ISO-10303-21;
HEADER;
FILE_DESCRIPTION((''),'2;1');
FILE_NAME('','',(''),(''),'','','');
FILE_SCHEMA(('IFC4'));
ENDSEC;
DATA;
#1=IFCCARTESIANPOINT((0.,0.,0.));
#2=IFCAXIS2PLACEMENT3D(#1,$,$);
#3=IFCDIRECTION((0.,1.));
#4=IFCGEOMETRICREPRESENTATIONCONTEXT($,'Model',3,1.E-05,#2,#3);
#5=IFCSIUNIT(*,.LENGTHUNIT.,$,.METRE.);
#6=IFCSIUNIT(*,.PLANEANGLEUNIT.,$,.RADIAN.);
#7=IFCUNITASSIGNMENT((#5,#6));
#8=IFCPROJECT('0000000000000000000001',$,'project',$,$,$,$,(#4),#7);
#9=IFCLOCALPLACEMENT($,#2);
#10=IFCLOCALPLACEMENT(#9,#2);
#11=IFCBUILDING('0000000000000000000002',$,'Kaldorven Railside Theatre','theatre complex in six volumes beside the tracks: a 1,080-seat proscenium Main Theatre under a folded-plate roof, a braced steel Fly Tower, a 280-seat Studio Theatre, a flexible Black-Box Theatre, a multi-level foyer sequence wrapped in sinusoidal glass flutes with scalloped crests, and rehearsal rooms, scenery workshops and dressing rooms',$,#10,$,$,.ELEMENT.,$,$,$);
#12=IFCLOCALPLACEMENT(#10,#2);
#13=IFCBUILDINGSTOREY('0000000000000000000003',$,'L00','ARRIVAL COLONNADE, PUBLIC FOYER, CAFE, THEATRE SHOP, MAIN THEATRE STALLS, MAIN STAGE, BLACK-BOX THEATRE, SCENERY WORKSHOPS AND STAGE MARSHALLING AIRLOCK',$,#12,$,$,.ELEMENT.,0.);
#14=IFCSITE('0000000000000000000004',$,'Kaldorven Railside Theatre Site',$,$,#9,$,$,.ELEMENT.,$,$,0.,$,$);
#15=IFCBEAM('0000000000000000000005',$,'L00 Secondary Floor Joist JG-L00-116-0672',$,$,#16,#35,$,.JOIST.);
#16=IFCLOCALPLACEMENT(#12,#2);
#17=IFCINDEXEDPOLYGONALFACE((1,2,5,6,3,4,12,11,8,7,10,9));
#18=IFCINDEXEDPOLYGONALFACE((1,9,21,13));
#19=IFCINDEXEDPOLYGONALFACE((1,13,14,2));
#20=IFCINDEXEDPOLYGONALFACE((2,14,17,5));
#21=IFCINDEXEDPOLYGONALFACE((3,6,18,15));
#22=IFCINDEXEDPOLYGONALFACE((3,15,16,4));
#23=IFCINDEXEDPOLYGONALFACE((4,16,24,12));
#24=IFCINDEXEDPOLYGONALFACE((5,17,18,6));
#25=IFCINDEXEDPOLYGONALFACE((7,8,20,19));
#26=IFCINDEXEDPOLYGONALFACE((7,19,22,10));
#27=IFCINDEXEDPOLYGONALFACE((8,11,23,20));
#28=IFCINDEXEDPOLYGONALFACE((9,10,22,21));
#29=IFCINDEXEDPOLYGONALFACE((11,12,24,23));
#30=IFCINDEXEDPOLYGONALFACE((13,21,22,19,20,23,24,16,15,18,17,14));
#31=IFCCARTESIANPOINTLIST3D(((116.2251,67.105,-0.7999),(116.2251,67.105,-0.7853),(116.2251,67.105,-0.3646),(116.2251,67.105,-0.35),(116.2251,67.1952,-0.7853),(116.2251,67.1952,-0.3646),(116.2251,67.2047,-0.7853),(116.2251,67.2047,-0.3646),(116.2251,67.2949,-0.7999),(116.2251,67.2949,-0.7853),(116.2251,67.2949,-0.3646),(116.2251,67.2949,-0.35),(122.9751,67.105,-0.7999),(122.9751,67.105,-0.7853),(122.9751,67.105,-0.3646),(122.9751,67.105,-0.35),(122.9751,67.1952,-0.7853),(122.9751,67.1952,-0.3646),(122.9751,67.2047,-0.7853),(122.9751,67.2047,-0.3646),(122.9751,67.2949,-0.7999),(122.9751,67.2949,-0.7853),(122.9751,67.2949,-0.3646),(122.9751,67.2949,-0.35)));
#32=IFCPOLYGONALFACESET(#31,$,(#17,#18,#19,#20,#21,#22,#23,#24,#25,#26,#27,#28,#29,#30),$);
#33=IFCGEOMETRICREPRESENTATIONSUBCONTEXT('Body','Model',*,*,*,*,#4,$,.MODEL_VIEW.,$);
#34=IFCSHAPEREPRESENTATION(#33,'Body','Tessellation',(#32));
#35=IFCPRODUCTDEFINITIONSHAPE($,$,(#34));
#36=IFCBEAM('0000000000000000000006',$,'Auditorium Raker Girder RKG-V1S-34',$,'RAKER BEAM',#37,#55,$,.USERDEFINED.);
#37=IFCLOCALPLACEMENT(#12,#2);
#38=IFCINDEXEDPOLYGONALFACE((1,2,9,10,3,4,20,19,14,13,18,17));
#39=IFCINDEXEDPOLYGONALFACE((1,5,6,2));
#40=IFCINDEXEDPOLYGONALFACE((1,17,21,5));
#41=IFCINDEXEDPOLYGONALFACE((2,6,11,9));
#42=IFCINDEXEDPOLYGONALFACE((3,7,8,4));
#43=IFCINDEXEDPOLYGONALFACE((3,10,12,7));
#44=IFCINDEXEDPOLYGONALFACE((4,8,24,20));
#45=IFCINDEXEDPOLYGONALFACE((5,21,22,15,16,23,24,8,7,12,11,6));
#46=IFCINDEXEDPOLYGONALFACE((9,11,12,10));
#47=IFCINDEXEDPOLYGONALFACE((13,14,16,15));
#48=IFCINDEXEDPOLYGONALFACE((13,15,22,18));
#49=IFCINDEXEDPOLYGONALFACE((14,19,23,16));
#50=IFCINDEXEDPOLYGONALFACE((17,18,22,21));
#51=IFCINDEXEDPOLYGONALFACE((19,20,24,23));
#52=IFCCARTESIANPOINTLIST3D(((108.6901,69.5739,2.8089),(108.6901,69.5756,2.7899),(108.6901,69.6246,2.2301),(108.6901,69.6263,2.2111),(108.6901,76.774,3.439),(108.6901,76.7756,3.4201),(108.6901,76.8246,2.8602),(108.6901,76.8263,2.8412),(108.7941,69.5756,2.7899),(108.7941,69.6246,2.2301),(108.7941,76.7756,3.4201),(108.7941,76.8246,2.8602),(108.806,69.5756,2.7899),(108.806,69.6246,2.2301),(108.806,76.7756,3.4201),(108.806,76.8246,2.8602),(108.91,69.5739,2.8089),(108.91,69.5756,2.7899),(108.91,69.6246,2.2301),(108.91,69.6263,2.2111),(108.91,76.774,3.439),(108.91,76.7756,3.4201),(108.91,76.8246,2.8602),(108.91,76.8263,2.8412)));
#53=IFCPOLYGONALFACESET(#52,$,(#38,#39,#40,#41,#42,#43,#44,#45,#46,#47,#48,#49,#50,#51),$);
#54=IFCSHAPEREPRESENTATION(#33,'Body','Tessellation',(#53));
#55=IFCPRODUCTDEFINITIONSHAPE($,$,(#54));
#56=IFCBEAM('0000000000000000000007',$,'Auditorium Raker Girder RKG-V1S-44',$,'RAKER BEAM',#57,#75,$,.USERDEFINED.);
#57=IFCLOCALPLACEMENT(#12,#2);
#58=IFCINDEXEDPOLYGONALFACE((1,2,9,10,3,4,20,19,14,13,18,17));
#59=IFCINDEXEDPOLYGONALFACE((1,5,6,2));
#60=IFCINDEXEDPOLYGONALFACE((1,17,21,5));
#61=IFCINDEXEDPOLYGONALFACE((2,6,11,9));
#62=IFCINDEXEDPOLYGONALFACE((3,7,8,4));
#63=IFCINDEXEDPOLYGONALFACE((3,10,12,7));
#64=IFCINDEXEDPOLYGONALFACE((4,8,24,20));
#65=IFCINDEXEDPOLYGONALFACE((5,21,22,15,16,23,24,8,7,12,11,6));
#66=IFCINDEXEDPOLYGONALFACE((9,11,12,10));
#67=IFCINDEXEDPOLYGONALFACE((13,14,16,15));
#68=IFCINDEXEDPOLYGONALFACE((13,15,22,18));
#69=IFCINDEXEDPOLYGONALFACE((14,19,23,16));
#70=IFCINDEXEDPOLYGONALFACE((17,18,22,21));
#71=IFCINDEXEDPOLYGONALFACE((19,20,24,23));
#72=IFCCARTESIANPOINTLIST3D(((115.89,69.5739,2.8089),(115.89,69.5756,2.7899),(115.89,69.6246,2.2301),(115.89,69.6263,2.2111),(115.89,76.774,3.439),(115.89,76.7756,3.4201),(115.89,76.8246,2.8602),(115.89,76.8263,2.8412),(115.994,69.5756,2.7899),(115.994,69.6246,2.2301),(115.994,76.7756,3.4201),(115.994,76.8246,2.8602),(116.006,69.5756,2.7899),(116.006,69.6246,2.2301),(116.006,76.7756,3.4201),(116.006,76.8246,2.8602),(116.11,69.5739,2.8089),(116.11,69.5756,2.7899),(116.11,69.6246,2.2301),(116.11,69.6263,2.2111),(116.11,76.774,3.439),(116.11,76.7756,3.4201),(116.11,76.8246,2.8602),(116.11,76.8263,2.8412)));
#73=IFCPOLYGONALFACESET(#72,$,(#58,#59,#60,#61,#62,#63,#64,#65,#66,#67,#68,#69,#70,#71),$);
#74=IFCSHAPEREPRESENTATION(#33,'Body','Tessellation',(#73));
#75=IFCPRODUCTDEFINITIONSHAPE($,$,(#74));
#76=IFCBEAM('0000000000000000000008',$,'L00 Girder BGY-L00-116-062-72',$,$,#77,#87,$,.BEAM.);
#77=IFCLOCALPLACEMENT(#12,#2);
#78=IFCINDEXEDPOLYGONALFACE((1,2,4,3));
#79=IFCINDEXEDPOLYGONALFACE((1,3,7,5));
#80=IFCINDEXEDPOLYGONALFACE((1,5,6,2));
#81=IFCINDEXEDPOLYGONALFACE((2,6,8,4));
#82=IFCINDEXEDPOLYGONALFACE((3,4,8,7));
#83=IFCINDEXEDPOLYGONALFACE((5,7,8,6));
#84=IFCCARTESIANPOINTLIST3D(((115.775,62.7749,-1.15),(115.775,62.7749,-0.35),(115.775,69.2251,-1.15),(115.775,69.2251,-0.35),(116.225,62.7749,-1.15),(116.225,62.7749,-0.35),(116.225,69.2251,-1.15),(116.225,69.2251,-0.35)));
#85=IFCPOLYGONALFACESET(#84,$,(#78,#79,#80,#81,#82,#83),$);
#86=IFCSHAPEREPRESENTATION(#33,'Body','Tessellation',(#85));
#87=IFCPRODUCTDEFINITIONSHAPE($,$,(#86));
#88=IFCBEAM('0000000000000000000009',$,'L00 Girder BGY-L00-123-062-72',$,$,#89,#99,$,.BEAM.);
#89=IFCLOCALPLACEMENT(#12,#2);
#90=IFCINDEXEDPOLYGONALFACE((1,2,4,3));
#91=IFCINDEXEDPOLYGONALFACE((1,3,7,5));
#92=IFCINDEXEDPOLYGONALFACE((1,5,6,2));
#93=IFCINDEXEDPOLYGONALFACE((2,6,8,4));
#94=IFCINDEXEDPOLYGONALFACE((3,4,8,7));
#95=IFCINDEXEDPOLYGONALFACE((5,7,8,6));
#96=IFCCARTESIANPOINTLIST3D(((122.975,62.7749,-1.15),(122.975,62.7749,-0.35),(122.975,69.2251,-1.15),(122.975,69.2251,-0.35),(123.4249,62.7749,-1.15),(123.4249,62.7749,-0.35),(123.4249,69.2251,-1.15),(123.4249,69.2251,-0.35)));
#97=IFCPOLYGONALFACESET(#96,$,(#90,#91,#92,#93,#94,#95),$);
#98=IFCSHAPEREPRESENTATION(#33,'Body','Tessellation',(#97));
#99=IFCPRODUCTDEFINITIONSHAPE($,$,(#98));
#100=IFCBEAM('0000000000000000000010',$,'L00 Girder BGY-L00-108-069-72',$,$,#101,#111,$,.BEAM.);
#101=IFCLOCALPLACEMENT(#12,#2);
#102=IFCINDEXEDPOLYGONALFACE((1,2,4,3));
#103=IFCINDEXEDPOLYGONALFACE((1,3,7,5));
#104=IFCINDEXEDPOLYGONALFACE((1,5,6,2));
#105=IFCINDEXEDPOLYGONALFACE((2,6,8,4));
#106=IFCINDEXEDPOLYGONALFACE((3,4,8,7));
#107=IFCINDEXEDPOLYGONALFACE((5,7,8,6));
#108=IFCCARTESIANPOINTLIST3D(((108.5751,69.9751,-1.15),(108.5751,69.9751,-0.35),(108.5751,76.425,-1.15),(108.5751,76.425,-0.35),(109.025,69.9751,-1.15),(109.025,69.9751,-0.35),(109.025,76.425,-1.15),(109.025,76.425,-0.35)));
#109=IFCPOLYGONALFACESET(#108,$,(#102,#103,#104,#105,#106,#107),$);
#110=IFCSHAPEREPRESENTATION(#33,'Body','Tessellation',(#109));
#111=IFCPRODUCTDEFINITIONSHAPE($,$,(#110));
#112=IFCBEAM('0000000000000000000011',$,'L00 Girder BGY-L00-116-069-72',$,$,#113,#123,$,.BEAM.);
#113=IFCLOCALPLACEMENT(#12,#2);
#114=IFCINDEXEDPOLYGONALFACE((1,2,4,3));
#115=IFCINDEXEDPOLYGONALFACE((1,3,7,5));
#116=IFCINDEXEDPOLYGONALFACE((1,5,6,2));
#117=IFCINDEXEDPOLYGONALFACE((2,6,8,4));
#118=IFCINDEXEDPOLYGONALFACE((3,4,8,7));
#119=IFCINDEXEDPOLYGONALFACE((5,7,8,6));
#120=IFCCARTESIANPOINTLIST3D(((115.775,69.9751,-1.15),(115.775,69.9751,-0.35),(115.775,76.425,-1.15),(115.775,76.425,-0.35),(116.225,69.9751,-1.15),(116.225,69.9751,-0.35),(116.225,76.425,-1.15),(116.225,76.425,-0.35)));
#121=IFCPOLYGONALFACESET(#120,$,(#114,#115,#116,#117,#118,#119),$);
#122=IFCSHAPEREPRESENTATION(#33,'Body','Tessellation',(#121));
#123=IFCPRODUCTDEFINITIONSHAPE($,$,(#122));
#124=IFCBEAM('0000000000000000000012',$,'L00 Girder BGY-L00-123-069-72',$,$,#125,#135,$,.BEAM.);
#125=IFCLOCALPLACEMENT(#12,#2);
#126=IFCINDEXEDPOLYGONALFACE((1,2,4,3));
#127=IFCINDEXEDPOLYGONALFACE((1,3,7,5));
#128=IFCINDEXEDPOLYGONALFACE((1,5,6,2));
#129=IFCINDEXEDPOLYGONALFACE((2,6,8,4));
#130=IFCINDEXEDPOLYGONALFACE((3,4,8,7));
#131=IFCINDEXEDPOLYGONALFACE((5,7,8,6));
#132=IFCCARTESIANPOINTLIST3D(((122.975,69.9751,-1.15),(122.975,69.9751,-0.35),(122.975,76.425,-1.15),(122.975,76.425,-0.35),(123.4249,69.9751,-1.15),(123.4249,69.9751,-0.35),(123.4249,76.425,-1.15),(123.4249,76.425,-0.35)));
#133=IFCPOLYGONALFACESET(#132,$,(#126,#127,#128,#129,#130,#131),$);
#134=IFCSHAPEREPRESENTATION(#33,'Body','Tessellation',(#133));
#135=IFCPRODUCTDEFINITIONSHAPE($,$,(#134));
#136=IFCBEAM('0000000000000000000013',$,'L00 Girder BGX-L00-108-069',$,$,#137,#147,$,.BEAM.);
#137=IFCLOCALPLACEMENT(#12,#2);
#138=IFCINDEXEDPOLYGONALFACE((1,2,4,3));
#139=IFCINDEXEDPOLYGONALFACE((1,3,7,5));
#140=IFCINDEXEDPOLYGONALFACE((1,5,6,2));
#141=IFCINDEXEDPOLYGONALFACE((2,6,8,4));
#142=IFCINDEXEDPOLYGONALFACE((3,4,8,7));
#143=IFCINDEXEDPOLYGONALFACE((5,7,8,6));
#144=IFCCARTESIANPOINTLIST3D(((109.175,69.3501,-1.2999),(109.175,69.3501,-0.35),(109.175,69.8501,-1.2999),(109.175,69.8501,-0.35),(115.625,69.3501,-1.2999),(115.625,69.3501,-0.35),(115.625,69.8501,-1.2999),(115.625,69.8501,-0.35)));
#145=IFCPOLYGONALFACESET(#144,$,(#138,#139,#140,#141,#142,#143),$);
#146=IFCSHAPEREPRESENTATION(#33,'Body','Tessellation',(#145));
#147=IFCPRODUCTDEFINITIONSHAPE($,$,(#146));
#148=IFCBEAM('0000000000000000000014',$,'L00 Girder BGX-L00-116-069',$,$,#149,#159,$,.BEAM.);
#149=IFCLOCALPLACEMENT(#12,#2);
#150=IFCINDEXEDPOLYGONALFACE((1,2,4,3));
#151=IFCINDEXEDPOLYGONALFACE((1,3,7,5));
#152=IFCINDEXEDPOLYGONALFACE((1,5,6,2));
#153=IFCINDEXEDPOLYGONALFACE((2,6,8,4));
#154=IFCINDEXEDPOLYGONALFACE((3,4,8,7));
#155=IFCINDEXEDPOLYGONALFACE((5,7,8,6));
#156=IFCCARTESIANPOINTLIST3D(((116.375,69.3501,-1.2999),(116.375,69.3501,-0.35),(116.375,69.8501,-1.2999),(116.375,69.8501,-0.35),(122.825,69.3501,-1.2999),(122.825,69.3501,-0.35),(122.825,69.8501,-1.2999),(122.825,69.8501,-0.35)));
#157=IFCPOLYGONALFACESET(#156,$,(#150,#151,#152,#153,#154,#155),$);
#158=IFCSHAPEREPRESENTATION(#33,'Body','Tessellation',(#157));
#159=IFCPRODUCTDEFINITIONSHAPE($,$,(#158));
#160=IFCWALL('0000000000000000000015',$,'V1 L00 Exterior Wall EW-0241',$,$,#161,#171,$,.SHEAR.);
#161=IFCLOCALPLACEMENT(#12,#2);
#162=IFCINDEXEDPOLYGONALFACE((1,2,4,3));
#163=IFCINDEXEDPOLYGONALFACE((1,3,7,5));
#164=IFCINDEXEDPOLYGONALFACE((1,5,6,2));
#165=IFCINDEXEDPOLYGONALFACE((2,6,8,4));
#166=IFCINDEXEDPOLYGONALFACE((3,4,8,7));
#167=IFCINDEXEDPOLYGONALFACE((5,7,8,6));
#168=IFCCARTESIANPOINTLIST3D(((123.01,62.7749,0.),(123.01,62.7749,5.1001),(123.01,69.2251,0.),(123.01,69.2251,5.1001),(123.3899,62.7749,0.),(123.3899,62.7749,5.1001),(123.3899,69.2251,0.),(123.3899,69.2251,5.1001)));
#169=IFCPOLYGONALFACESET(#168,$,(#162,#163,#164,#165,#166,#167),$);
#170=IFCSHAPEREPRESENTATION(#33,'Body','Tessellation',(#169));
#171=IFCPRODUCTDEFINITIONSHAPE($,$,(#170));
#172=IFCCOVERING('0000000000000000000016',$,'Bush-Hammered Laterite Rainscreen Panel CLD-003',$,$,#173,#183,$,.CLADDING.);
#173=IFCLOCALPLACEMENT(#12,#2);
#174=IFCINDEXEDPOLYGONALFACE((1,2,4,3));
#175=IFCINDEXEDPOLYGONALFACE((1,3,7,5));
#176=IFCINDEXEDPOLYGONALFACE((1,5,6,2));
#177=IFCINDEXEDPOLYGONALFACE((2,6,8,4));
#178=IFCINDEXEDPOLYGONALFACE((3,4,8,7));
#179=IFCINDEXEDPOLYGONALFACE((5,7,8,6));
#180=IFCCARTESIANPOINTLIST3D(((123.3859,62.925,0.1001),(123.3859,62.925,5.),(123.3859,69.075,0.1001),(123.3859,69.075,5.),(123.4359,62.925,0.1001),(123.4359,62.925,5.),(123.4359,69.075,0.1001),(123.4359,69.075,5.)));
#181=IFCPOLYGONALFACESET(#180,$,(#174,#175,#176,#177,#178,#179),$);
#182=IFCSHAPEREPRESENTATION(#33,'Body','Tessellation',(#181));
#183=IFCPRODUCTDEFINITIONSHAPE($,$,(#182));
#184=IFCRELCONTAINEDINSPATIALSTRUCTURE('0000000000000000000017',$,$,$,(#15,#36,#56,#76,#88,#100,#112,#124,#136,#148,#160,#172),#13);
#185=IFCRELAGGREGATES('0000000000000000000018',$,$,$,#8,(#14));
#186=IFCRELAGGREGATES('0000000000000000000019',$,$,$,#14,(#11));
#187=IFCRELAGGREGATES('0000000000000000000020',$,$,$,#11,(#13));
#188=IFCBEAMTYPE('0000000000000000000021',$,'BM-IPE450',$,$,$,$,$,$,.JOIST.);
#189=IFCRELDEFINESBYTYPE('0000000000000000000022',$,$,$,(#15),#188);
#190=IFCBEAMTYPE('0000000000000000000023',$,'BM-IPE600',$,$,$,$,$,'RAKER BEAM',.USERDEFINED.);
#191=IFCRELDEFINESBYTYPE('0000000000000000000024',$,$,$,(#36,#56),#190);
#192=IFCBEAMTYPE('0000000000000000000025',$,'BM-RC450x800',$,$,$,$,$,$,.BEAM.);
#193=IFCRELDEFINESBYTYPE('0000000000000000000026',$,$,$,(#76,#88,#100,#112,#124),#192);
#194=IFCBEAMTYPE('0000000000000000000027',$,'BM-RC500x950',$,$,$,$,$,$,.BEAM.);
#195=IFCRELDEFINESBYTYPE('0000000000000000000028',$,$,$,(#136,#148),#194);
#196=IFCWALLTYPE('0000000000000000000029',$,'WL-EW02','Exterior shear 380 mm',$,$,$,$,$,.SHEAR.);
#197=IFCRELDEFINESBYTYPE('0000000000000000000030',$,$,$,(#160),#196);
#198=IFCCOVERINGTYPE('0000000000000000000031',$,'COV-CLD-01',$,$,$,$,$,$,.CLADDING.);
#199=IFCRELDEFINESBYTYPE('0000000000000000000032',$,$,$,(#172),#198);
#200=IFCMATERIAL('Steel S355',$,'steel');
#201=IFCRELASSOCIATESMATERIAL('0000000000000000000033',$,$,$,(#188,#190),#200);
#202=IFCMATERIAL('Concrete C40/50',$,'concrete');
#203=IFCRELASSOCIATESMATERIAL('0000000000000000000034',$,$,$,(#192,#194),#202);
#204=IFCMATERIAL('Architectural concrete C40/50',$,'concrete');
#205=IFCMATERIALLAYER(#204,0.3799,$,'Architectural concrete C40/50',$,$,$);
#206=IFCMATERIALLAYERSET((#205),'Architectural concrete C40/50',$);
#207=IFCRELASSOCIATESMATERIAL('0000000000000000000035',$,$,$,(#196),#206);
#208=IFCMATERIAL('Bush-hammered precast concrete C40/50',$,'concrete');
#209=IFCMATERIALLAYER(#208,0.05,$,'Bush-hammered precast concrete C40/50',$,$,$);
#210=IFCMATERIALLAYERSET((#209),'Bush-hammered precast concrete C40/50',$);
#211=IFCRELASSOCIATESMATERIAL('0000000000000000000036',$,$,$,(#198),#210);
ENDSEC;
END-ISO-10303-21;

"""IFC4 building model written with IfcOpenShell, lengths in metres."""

from ifc_helpers import new_model, si_unit, direction, frame, frame_2d, origin, origin_2d, place, context, subcontext, project, spatial, rectangle, i_section, extrude, material, layer, layer_set, material_profile, profile_set, type_object, element, save


model = new_model("IFC4")

# Units and contexts
model_context = context("Model", 3, precision=1e-05, world=origin(), true_north=direction((0.0, 1.0)))
body_context = subcontext(model_context, "Body", "Model", "MODEL_VIEW")
ifc_project = project(units=[si_unit("LENGTHUNIT", "METRE"), si_unit("PLANEANGLEUNIT", "RADIAN")], contexts=[model_context])

# Site, building, storey
site_placement = place(None, origin())
site = spatial("IfcSite", under=ifc_project, at=site_placement, Name="Kaldorven Railside Theatre Site", CompositionType="ELEMENT", RefElevation=0.0)
building_placement = place(site_placement, origin())
building = spatial("IfcBuilding", under=site, at=building_placement, Name="Kaldorven Railside Theatre", Description="theatre complex in six volumes beside the tracks: a 1,080-seat proscenium Main Theatre under a folded-plate roof, a braced steel Fly Tower, a 280-seat Studio Theatre, a flexible Black-Box Theatre, a multi-level foyer sequence wrapped in sinusoidal glass flutes with scalloped crests, and rehearsal rooms, scenery workshops and dressing rooms", CompositionType="ELEMENT")
storey_placement = place(building_placement, origin())
storey = spatial("IfcBuildingStorey", under=building, at=storey_placement, Name="L00", Description="ARRIVAL COLONNADE, PUBLIC FOYER, CAFE, THEATRE SHOP, MAIN THEATRE STALLS, MAIN STAGE, BLACK-BOX THEATRE, SCENERY WORKSHOPS AND STAGE MARSHALLING AIRLOCK", CompositionType="ELEMENT", Elevation=0.0)

# Shared definitions
ifc_material_1 = material(Name="Steel S355", Category="steel")
ifc_material_2 = material(Name="Concrete C40/50", Category="concrete")

# Beams
ifc_material_profile_1 = material_profile(ifc_material_1, i_section(OverallWidth=0.1899, OverallDepth=0.45, WebThickness=0.0095, FlangeThickness=0.0146, at=origin_2d()), Name="IPE 450")
ifc_profile_set_1 = profile_set([ifc_material_profile_1], Name="Steel S355")
beam_type_1 = type_object("IfcBeamType", Name="BM-IPE450", PredefinedType="JOIST", material=ifc_profile_set_1)
for number, where, z_axis, x_axis, name in (
    (1, (116.2251, 67.2, -0.575), (1.0, 0.0, 0.0), (0.0, 1.0, 0.0), "L00 Secondary Floor Joist JG-L00-116-0672"),
):
    element("IfcBeam", number, at=place(storey_placement, frame(where, z_axis=z_axis, x_axis=x_axis)), inside=storey, type_object=beam_type_1, Name=name, PredefinedType="JOIST", context=body_context, shape_type="SweptSolid", body=[
        extrude(i_section(OverallWidth=0.1899, OverallDepth=0.45, WebThickness=0.0095, FlangeThickness=0.0146, at=origin_2d()), origin(), (0.0, 0.0, 1.0), 6.75),
    ])
ifc_material_profile_2 = material_profile(ifc_material_1, i_section(OverallWidth=0.22, OverallDepth=0.6001, WebThickness=0.012, FlangeThickness=0.019, at=origin_2d()), Name="IPE 600")
ifc_profile_set_2 = profile_set([ifc_material_profile_2], Name="Steel S355")
beam_type_2 = type_object("IfcBeamType", Name="BM-IPE600", ElementType="RAKER BEAM", PredefinedType="USERDEFINED", material=ifc_profile_set_2)
for number, where, z_axis, x_axis, name in (
    (2, (108.8, 69.6001, 2.51), (0.0, 0.996192, 0.087185), (-1.0, 0.0, 0.0), "Auditorium Raker Girder RKG-V1S-34"),
    (3, (116.0, 69.6001, 2.51), (0.0, 0.996192, 0.087185), (-1.0, 0.0, 0.0), "Auditorium Raker Girder RKG-V1S-44"),
):
    element("IfcBeam", number, at=place(storey_placement, frame(where, z_axis=z_axis, x_axis=x_axis)), inside=storey, type_object=beam_type_2, Name=name, ObjectType="RAKER BEAM", PredefinedType="USERDEFINED", context=body_context, shape_type="SweptSolid", body=[
        extrude(i_section(OverallWidth=0.22, OverallDepth=0.6001, WebThickness=0.012, FlangeThickness=0.019, at=origin_2d()), origin(), (0.0, 0.0, 1.0), 7.2275),
    ])
ifc_material_profile_3 = material_profile(ifc_material_2, rectangle(XDim=0.45, YDim=0.8, at=origin_2d()), Name="RC 450x800")
ifc_profile_set_3 = profile_set([ifc_material_profile_3], Name="Concrete C40/50")
beam_type_3 = type_object("IfcBeamType", Name="BM-RC450x800", PredefinedType="BEAM", material=ifc_profile_set_3)
for number, where, z_axis, x_axis, name in (
    (4, (116.0, 62.7749, -0.75), (0.0, 1.0, 0.0), (-1.0, 0.0, 0.0), "L00 Girder BGY-L00-116-062-72"),
    (5, (123.2, 62.7749, -0.75), (0.0, 1.0, 0.0), (-1.0, 0.0, 0.0), "L00 Girder BGY-L00-123-062-72"),
):
    element("IfcBeam", number, at=place(storey_placement, frame(where, z_axis=z_axis, x_axis=x_axis)), inside=storey, type_object=beam_type_3, Name=name, PredefinedType="BEAM", context=body_context, shape_type="SweptSolid", body=[
        extrude(rectangle(XDim=0.45, YDim=0.8, at=origin_2d()), origin(), (0.0, 0.0, 1.0), 6.4502),
    ])
for number, where, z_axis, x_axis, name in (
    (6, (108.8, 69.9751, -0.75), (0.0, 1.0, 0.0), (-1.0, 0.0, 0.0), "L00 Girder BGY-L00-108-069-72"),
    (7, (116.0, 69.9751, -0.75), (0.0, 1.0, 0.0), (-1.0, 0.0, 0.0), "L00 Girder BGY-L00-116-069-72"),
    (8, (123.2, 69.9751, -0.75), (0.0, 1.0, 0.0), (-1.0, 0.0, 0.0), "L00 Girder BGY-L00-123-069-72"),
):
    element("IfcBeam", number, at=place(storey_placement, frame(where, z_axis=z_axis, x_axis=x_axis)), inside=storey, type_object=beam_type_3, Name=name, PredefinedType="BEAM", context=body_context, shape_type="SweptSolid", body=[
        extrude(rectangle(XDim=0.45, YDim=0.8, at=origin_2d()), origin(), (0.0, 0.0, 1.0), 6.45),
    ])
ifc_material_profile_4 = material_profile(ifc_material_2, rectangle(XDim=0.5, YDim=0.95, at=origin_2d()), Name="RC 500x950")
ifc_profile_set_4 = profile_set([ifc_material_profile_4], Name="Concrete C40/50")
beam_type_4 = type_object("IfcBeamType", Name="BM-RC500x950", PredefinedType="BEAM", material=ifc_profile_set_4)
for number, where, z_axis, x_axis, name in (
    (9, (109.175, 69.6001, -0.825), (1.0, 0.0, 0.0), (0.0, 1.0, 0.0), "L00 Girder BGX-L00-108-069"),
    (10, (116.375, 69.6001, -0.825), (1.0, 0.0, 0.0), (0.0, 1.0, 0.0), "L00 Girder BGX-L00-116-069"),
):
    element("IfcBeam", number, at=place(storey_placement, frame(where, z_axis=z_axis, x_axis=x_axis)), inside=storey, type_object=beam_type_4, Name=name, PredefinedType="BEAM", context=body_context, shape_type="SweptSolid", body=[
        extrude(rectangle(XDim=0.5, YDim=0.95, at=origin_2d()), origin(), (0.0, 0.0, 1.0), 6.45),
    ])

# Wall
ifc_material_3 = material(Name="Architectural concrete C40/50", Category="concrete")
ifc_layer_1 = layer(ifc_material_3, 0.3799, Name="Architectural concrete C40/50")
ifc_layer_set_1 = layer_set([ifc_layer_1], Name="Architectural concrete C40/50")
wall_type = type_object("IfcWallType", Name="WL-EW02", Description="Exterior shear 380 mm", PredefinedType="SHEAR", material=ifc_layer_set_1)
wall_placement = place(storey_placement, frame((123.2, 69.2251, 0.0), z_axis=(0.0, 0.0, 1.0), x_axis=(0.0, -1.0, 0.0)))
element("IfcWall", 11, at=wall_placement, inside=storey, type_object=wall_type, Name="V1 L00 Exterior Wall EW-0241", PredefinedType="SHEAR", context=body_context, shape_type="SweptSolid", body=[
    extrude(rectangle(XDim=6.4502, YDim=0.3799, at=frame_2d((3.2251, 0.0))), origin(), (0.0, 0.0, 1.0), 5.1001),
])

# Covering
ifc_material_4 = material(Name="Bush-hammered precast concrete C40/50", Category="concrete")
ifc_layer_2 = layer(ifc_material_4, 0.05, Name="Bush-hammered precast concrete C40/50")
ifc_layer_set_2 = layer_set([ifc_layer_2], Name="Bush-hammered precast concrete C40/50")
covering_type = type_object("IfcCoveringType", Name="COV-CLD-01", PredefinedType="CLADDING", material=ifc_layer_set_2)
covering_placement = place(storey_placement, frame((123.4109, 66.0, 0.1001), z_axis=(0.0, 0.0, 1.0), x_axis=(0.0, -1.0, 0.0)))
element("IfcCovering", 12, at=covering_placement, inside=storey, type_object=covering_type, Name="Bush-Hammered Laterite Rainscreen Panel CLD-003", PredefinedType="CLADDING", context=body_context, shape_type="SweptSolid", body=[
    extrude(rectangle(XDim=6.1499, YDim=0.05, at=origin_2d()), origin(), (0.0, 0.0, 1.0), 4.8999),
])

save(model, "model.ifc")
